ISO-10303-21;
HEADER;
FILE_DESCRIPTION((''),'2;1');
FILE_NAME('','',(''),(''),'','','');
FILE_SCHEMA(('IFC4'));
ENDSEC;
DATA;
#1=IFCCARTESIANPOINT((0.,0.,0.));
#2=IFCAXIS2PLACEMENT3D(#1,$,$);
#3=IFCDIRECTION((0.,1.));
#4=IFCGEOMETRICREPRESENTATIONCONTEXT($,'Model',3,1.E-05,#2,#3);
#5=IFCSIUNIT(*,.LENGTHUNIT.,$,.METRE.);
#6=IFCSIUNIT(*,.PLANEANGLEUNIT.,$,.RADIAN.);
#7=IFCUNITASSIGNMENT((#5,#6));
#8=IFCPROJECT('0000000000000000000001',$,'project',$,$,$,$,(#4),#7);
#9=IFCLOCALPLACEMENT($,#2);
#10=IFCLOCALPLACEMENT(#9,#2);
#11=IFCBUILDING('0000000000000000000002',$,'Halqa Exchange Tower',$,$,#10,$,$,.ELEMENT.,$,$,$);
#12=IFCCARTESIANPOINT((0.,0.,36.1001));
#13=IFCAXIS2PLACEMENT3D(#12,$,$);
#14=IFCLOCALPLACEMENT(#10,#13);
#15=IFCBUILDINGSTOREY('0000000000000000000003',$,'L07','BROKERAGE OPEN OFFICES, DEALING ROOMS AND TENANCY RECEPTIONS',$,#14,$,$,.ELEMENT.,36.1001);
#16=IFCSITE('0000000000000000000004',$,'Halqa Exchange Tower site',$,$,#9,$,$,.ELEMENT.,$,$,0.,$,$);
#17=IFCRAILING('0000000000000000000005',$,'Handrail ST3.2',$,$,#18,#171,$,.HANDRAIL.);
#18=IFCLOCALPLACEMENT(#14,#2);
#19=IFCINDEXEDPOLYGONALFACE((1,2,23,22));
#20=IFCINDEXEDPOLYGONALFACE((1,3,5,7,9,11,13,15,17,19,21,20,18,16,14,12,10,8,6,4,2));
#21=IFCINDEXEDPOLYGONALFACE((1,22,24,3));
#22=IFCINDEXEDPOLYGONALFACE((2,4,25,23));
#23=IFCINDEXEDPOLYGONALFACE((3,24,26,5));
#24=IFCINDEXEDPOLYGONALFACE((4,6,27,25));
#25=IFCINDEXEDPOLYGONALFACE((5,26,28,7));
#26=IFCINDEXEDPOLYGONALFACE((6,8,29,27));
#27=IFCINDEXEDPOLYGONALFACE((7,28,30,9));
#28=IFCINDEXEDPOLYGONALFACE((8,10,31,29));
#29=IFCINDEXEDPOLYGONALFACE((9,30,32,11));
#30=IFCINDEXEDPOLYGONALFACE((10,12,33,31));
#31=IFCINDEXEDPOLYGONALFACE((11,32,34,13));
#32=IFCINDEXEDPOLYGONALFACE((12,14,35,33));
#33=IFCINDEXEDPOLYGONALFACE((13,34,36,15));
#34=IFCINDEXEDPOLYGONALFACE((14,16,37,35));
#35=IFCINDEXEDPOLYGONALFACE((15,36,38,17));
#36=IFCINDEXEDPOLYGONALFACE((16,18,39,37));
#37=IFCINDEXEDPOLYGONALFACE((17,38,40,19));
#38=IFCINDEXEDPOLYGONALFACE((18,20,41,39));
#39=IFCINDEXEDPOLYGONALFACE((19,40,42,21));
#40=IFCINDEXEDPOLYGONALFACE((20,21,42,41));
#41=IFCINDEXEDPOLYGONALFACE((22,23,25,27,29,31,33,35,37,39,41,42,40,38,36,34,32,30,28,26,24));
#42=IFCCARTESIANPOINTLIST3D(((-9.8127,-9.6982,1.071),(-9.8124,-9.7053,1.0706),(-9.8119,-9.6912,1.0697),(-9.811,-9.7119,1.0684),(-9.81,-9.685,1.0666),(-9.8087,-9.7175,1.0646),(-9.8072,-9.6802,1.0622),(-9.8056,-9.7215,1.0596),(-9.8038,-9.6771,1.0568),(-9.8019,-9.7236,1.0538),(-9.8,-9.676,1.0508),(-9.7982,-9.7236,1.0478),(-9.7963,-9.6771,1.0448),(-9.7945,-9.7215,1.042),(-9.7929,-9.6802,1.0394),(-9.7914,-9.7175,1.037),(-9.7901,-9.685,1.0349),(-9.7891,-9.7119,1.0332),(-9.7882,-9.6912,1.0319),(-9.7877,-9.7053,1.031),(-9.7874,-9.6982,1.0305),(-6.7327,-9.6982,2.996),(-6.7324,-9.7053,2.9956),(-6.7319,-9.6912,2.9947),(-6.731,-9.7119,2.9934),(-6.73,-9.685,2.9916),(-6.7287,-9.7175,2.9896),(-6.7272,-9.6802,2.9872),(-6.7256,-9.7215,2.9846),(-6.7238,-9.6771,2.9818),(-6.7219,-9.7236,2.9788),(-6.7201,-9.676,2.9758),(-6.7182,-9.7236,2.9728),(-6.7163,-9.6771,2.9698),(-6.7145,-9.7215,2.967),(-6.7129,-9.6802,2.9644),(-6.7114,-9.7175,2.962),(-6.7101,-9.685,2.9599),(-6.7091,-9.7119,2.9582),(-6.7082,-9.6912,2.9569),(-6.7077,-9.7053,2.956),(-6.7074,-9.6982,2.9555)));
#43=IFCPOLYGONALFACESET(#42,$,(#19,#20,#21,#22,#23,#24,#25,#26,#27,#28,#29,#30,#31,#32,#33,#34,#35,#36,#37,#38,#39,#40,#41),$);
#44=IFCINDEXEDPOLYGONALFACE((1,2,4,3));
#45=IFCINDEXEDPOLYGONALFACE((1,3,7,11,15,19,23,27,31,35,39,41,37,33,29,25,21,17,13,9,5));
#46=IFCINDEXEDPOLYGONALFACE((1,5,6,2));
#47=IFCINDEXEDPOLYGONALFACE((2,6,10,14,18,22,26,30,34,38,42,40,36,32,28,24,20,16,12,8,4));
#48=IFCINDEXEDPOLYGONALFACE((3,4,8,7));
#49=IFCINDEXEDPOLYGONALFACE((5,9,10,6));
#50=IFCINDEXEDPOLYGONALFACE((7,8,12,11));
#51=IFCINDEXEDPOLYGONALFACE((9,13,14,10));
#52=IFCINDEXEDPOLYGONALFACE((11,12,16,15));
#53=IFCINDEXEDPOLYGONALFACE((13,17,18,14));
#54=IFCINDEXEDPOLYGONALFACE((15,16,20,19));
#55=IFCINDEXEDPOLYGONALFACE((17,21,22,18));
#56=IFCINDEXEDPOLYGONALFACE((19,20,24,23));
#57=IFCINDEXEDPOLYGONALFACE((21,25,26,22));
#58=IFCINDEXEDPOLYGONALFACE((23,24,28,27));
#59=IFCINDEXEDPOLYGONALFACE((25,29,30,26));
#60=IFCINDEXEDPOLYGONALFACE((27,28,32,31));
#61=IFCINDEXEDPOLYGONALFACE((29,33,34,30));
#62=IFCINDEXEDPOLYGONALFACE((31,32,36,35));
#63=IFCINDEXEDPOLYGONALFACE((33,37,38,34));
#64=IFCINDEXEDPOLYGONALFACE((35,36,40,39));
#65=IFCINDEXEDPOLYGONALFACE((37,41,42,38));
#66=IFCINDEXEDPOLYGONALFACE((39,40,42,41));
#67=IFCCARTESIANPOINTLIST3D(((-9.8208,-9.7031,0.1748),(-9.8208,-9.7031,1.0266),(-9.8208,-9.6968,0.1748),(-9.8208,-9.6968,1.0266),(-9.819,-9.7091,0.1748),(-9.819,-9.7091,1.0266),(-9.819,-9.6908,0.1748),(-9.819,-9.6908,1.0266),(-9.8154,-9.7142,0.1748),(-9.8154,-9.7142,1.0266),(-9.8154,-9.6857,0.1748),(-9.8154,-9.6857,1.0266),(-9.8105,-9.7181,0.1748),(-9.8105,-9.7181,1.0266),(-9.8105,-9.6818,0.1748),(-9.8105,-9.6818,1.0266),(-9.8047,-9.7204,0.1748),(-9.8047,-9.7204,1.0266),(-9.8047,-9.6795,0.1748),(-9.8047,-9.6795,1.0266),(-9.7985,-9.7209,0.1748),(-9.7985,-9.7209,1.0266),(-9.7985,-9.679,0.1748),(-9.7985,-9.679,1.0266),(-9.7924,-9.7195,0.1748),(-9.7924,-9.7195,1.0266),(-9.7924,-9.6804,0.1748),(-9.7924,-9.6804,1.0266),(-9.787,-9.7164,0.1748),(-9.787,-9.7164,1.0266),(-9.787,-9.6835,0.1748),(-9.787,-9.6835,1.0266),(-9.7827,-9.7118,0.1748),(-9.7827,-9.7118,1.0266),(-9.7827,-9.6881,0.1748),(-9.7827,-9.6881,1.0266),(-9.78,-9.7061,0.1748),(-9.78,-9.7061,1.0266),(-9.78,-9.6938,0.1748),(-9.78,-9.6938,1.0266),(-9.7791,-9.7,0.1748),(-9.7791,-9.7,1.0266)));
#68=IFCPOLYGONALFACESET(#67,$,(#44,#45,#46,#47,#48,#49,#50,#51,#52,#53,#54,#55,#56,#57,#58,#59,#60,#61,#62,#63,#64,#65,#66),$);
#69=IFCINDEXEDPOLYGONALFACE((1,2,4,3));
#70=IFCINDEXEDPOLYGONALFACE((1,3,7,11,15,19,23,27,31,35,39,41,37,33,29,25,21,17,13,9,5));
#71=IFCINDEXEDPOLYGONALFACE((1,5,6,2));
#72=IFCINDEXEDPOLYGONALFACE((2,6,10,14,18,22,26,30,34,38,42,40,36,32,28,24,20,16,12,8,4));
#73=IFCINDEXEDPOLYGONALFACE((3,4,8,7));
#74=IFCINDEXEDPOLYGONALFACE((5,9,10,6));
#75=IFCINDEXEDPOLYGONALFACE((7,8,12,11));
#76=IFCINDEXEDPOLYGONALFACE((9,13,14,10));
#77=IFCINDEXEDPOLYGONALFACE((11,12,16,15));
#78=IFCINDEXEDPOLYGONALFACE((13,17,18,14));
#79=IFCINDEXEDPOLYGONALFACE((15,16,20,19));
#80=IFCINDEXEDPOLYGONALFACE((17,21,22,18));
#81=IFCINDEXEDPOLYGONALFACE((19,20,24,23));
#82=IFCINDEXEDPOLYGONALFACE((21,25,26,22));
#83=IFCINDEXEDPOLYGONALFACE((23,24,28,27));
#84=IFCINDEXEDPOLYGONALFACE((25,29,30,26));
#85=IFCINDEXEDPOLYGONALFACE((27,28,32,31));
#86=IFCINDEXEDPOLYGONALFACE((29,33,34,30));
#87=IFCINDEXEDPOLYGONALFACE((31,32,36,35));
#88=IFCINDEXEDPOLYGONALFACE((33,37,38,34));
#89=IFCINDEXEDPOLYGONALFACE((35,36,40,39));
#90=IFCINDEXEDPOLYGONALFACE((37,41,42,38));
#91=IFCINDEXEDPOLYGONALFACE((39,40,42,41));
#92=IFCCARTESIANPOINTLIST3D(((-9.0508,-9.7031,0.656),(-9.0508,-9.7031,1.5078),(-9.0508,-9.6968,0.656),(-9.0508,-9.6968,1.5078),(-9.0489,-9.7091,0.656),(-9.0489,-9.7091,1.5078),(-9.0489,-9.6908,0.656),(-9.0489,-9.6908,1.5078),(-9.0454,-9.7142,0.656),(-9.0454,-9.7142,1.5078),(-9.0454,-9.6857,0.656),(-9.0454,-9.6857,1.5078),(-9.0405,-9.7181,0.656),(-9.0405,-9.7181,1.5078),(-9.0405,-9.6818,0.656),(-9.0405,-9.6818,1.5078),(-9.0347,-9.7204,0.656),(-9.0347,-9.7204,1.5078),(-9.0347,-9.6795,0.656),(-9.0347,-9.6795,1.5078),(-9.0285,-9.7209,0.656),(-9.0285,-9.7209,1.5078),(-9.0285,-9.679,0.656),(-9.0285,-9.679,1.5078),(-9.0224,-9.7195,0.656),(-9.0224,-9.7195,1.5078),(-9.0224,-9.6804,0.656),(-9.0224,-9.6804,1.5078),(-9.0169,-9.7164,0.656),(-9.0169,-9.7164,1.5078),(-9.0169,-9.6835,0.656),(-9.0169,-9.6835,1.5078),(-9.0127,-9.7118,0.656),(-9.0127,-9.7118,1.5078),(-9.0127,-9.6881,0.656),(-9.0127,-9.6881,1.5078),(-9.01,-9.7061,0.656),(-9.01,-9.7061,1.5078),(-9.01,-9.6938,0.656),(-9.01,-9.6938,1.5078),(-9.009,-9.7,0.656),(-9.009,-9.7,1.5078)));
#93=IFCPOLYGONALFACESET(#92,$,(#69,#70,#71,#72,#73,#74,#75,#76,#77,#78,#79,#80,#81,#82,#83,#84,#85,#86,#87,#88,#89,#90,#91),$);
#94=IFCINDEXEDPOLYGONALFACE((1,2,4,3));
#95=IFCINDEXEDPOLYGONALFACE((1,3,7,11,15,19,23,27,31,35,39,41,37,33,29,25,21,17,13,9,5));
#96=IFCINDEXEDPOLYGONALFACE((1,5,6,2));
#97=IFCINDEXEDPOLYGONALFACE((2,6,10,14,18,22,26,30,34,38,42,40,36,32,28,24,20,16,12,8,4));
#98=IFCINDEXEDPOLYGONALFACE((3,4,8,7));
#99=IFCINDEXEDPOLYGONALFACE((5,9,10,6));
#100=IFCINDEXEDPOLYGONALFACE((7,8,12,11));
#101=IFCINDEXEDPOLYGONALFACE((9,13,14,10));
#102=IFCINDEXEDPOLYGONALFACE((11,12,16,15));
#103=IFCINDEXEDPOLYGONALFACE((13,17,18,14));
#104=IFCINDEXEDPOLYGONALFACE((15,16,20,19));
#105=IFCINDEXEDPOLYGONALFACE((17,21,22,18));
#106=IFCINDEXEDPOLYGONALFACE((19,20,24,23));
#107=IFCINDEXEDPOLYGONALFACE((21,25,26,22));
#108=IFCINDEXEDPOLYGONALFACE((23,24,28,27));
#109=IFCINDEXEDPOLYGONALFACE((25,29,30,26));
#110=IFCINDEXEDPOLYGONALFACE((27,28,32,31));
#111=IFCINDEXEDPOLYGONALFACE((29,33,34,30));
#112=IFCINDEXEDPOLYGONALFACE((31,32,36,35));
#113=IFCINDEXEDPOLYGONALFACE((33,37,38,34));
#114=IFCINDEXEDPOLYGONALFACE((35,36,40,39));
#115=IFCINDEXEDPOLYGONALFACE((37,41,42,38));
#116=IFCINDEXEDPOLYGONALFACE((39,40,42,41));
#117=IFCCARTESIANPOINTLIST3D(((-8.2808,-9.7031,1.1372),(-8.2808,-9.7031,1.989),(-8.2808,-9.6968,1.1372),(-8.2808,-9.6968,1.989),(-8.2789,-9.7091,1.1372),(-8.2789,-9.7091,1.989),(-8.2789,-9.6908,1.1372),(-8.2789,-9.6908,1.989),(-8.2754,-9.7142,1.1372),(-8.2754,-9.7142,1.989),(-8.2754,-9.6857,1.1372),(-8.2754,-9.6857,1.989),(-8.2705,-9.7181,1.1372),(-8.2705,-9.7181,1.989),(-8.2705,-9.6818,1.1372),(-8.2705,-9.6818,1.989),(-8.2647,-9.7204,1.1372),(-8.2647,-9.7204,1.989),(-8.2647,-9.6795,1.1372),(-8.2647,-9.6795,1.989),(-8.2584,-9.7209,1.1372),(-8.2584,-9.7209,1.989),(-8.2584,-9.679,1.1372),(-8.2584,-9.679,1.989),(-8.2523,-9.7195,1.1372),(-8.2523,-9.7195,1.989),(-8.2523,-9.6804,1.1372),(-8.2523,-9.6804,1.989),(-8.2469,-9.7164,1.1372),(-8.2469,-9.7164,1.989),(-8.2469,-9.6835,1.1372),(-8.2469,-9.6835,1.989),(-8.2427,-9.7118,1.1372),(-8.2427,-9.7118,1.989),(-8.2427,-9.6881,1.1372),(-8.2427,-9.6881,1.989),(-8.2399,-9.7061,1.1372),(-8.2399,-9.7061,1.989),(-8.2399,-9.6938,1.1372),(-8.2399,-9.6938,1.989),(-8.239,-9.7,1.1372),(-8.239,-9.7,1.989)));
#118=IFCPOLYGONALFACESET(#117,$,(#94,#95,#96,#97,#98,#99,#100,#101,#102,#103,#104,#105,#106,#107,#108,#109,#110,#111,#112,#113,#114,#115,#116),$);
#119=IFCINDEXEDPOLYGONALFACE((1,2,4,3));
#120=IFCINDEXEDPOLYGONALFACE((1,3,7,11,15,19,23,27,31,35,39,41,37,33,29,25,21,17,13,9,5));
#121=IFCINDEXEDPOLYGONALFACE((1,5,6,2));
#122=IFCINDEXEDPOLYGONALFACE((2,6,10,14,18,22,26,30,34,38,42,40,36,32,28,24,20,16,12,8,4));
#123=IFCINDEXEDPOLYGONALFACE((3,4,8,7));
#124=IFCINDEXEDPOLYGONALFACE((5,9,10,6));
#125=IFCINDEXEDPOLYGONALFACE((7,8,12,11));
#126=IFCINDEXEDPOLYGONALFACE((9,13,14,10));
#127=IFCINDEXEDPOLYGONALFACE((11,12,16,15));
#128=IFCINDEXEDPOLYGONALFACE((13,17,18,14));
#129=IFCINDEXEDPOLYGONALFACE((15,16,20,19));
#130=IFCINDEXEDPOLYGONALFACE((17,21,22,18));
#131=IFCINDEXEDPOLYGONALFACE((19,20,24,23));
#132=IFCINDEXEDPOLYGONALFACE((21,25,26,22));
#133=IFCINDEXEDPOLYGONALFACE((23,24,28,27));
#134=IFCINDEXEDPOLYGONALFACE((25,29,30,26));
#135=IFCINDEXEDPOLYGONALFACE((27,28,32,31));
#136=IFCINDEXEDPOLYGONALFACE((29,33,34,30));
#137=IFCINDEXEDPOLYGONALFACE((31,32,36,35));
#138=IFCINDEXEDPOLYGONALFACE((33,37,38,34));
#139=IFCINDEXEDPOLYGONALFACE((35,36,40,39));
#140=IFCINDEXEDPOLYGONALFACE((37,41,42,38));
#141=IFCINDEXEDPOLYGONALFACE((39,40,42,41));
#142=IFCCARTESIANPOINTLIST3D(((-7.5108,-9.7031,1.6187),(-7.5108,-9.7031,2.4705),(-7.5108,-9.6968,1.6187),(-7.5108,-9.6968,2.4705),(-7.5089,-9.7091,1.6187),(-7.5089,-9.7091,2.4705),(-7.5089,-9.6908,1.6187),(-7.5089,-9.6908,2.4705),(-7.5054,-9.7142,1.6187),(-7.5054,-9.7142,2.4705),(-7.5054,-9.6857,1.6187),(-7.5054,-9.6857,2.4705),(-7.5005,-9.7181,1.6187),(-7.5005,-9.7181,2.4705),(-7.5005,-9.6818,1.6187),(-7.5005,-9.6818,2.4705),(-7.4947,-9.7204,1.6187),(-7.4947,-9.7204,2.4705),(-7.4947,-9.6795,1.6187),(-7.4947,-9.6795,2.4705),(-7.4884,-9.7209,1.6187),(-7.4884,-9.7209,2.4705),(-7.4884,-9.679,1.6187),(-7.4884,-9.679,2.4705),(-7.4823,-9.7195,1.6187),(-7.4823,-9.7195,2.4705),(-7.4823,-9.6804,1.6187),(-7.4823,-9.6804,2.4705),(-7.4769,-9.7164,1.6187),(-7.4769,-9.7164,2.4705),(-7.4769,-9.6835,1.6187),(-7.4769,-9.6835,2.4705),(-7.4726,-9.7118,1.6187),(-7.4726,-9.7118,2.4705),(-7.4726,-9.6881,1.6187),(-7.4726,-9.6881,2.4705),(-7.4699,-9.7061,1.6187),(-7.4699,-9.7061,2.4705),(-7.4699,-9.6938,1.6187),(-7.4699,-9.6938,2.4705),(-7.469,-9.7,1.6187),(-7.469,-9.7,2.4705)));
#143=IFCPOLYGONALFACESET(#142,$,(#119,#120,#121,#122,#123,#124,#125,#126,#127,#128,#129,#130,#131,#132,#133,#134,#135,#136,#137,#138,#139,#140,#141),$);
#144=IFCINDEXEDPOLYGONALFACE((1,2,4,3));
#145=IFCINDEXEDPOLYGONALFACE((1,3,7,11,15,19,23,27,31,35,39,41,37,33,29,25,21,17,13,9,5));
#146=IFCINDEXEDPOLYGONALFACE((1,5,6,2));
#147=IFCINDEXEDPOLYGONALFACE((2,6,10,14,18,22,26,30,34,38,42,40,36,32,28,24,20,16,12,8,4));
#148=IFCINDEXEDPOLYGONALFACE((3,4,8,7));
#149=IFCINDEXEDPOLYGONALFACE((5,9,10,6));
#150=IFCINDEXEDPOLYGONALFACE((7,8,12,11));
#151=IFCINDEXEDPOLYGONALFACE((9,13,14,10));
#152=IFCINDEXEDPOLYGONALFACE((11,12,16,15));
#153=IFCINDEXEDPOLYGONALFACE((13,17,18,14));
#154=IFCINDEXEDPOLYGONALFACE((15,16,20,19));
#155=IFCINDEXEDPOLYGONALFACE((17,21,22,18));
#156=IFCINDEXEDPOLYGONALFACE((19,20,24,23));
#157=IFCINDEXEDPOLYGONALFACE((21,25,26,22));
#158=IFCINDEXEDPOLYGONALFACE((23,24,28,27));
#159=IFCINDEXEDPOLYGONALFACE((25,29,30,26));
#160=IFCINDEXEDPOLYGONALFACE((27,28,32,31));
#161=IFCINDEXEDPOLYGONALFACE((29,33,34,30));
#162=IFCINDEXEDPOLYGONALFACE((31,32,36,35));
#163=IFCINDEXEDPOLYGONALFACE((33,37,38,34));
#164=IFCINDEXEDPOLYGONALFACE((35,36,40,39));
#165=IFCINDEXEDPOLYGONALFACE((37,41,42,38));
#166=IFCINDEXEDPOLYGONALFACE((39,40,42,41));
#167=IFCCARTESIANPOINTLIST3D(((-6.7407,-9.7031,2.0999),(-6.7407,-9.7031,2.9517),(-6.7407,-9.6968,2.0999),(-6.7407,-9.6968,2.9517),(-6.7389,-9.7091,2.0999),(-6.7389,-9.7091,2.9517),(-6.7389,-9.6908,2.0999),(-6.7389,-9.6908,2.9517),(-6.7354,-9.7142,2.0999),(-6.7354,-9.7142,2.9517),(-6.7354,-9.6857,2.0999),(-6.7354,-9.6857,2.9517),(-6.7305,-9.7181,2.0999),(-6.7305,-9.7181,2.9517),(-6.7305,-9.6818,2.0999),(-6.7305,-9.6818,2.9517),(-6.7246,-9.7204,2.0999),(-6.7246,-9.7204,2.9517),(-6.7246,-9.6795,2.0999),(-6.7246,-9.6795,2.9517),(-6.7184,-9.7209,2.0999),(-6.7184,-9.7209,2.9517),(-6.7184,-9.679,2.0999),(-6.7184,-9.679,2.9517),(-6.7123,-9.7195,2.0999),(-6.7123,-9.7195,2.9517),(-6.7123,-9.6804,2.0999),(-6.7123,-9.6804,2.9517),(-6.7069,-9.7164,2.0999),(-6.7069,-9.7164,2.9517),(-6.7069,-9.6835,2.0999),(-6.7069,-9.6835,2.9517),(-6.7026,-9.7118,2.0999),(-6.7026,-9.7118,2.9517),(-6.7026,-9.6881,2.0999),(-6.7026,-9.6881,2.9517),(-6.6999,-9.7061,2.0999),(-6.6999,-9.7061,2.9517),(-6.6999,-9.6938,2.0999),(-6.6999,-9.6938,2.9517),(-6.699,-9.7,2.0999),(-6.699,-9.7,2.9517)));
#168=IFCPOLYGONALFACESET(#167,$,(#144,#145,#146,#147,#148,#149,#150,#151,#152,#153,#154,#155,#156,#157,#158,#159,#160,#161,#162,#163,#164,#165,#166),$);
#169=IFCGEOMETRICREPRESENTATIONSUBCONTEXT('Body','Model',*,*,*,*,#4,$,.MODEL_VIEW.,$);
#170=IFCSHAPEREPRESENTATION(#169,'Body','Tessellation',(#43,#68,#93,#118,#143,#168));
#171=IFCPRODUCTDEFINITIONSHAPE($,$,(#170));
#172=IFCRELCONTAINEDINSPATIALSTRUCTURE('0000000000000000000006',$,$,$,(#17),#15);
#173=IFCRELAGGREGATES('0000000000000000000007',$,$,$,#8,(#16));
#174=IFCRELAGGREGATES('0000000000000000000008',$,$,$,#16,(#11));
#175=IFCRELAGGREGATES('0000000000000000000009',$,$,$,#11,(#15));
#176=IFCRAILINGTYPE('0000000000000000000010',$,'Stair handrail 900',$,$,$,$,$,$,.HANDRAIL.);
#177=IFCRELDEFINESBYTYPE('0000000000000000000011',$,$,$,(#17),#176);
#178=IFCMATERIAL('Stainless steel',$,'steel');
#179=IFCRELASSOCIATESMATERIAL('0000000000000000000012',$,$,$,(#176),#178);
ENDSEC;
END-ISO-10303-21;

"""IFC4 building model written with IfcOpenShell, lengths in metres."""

from ifc_helpers import new_model, si_unit, direction, frame, origin, origin_2d, place, context, subcontext, project, spatial, circle, extrude, material, type_object, element, save


model = new_model("IFC4")

# Units and contexts
model_context = context("Model", 3, precision=1e-05, world=origin(), true_north=direction((0.0, 1.0)))
body_context = subcontext(model_context, "Body", "Model", "MODEL_VIEW")
ifc_project = project(units=[si_unit("LENGTHUNIT", "METRE"), si_unit("PLANEANGLEUNIT", "RADIAN")], contexts=[model_context])

# Site, building, storey
site_placement = place(None, origin())
site = spatial("IfcSite", under=ifc_project, at=site_placement, Name="Halqa Exchange Tower site", CompositionType="ELEMENT", RefElevation=0.0)
building_placement = place(site_placement, origin())
building = spatial("IfcBuilding", under=site, at=building_placement, Name="Halqa Exchange Tower", CompositionType="ELEMENT")
storey_placement = place(building_placement, frame((0.0, 0.0, 36.1001)))
storey = spatial("IfcBuildingStorey", under=building, at=storey_placement, Name="L07", Description="BROKERAGE OPEN OFFICES, DEALING ROOMS AND TENANCY RECEPTIONS", CompositionType="ELEMENT", Elevation=36.1001)

# Shared definitions
ifc_material_1 = material(Name="Stainless steel", Category="steel")

# Railing
railing_type_1 = type_object("IfcRailingType", Name="Stair handrail 900", PredefinedType="HANDRAIL", material=ifc_material_1)
railing_1_placement = place(storey_placement, frame((-9.8, -9.7, 0.1748)))
element("IfcRailing", 1, at=railing_1_placement, inside=storey, type_object=railing_type_1, Name="Handrail ST3.2", PredefinedType="HANDRAIL", context=body_context, shape_type="SweptSolid", body=[
    extrude(circle(Radius=0.0239, at=origin_2d()), frame((0.0, 0.0, 0.876), z_axis=(0.847998, 0.0, 0.529999), x_axis=(0.0, 1.0, 0.0)), (0.0, 0.0, 1.0), 3.6321),
    extrude(circle(Radius=0.021, at=origin_2d()), origin(), (0.0, 0.0, 1.0), 0.8518),
    extrude(circle(Radius=0.021, at=origin_2d()), frame((0.77, 0.0, 0.4812)), (0.0, 0.0, 1.0), 0.8518),
    extrude(circle(Radius=0.021, at=origin_2d()), frame((1.54, 0.0, 0.9624)), (0.0, 0.0, 1.0), 0.8518),
    extrude(circle(Radius=0.021, at=origin_2d()), frame((2.3101, 0.0, 1.4438)), (0.0, 0.0, 1.0), 0.8518),
    extrude(circle(Radius=0.021, at=origin_2d()), frame((3.0801, 0.0, 1.925)), (0.0, 0.0, 1.0), 0.8518),
])

save(model, "model.ifc")
